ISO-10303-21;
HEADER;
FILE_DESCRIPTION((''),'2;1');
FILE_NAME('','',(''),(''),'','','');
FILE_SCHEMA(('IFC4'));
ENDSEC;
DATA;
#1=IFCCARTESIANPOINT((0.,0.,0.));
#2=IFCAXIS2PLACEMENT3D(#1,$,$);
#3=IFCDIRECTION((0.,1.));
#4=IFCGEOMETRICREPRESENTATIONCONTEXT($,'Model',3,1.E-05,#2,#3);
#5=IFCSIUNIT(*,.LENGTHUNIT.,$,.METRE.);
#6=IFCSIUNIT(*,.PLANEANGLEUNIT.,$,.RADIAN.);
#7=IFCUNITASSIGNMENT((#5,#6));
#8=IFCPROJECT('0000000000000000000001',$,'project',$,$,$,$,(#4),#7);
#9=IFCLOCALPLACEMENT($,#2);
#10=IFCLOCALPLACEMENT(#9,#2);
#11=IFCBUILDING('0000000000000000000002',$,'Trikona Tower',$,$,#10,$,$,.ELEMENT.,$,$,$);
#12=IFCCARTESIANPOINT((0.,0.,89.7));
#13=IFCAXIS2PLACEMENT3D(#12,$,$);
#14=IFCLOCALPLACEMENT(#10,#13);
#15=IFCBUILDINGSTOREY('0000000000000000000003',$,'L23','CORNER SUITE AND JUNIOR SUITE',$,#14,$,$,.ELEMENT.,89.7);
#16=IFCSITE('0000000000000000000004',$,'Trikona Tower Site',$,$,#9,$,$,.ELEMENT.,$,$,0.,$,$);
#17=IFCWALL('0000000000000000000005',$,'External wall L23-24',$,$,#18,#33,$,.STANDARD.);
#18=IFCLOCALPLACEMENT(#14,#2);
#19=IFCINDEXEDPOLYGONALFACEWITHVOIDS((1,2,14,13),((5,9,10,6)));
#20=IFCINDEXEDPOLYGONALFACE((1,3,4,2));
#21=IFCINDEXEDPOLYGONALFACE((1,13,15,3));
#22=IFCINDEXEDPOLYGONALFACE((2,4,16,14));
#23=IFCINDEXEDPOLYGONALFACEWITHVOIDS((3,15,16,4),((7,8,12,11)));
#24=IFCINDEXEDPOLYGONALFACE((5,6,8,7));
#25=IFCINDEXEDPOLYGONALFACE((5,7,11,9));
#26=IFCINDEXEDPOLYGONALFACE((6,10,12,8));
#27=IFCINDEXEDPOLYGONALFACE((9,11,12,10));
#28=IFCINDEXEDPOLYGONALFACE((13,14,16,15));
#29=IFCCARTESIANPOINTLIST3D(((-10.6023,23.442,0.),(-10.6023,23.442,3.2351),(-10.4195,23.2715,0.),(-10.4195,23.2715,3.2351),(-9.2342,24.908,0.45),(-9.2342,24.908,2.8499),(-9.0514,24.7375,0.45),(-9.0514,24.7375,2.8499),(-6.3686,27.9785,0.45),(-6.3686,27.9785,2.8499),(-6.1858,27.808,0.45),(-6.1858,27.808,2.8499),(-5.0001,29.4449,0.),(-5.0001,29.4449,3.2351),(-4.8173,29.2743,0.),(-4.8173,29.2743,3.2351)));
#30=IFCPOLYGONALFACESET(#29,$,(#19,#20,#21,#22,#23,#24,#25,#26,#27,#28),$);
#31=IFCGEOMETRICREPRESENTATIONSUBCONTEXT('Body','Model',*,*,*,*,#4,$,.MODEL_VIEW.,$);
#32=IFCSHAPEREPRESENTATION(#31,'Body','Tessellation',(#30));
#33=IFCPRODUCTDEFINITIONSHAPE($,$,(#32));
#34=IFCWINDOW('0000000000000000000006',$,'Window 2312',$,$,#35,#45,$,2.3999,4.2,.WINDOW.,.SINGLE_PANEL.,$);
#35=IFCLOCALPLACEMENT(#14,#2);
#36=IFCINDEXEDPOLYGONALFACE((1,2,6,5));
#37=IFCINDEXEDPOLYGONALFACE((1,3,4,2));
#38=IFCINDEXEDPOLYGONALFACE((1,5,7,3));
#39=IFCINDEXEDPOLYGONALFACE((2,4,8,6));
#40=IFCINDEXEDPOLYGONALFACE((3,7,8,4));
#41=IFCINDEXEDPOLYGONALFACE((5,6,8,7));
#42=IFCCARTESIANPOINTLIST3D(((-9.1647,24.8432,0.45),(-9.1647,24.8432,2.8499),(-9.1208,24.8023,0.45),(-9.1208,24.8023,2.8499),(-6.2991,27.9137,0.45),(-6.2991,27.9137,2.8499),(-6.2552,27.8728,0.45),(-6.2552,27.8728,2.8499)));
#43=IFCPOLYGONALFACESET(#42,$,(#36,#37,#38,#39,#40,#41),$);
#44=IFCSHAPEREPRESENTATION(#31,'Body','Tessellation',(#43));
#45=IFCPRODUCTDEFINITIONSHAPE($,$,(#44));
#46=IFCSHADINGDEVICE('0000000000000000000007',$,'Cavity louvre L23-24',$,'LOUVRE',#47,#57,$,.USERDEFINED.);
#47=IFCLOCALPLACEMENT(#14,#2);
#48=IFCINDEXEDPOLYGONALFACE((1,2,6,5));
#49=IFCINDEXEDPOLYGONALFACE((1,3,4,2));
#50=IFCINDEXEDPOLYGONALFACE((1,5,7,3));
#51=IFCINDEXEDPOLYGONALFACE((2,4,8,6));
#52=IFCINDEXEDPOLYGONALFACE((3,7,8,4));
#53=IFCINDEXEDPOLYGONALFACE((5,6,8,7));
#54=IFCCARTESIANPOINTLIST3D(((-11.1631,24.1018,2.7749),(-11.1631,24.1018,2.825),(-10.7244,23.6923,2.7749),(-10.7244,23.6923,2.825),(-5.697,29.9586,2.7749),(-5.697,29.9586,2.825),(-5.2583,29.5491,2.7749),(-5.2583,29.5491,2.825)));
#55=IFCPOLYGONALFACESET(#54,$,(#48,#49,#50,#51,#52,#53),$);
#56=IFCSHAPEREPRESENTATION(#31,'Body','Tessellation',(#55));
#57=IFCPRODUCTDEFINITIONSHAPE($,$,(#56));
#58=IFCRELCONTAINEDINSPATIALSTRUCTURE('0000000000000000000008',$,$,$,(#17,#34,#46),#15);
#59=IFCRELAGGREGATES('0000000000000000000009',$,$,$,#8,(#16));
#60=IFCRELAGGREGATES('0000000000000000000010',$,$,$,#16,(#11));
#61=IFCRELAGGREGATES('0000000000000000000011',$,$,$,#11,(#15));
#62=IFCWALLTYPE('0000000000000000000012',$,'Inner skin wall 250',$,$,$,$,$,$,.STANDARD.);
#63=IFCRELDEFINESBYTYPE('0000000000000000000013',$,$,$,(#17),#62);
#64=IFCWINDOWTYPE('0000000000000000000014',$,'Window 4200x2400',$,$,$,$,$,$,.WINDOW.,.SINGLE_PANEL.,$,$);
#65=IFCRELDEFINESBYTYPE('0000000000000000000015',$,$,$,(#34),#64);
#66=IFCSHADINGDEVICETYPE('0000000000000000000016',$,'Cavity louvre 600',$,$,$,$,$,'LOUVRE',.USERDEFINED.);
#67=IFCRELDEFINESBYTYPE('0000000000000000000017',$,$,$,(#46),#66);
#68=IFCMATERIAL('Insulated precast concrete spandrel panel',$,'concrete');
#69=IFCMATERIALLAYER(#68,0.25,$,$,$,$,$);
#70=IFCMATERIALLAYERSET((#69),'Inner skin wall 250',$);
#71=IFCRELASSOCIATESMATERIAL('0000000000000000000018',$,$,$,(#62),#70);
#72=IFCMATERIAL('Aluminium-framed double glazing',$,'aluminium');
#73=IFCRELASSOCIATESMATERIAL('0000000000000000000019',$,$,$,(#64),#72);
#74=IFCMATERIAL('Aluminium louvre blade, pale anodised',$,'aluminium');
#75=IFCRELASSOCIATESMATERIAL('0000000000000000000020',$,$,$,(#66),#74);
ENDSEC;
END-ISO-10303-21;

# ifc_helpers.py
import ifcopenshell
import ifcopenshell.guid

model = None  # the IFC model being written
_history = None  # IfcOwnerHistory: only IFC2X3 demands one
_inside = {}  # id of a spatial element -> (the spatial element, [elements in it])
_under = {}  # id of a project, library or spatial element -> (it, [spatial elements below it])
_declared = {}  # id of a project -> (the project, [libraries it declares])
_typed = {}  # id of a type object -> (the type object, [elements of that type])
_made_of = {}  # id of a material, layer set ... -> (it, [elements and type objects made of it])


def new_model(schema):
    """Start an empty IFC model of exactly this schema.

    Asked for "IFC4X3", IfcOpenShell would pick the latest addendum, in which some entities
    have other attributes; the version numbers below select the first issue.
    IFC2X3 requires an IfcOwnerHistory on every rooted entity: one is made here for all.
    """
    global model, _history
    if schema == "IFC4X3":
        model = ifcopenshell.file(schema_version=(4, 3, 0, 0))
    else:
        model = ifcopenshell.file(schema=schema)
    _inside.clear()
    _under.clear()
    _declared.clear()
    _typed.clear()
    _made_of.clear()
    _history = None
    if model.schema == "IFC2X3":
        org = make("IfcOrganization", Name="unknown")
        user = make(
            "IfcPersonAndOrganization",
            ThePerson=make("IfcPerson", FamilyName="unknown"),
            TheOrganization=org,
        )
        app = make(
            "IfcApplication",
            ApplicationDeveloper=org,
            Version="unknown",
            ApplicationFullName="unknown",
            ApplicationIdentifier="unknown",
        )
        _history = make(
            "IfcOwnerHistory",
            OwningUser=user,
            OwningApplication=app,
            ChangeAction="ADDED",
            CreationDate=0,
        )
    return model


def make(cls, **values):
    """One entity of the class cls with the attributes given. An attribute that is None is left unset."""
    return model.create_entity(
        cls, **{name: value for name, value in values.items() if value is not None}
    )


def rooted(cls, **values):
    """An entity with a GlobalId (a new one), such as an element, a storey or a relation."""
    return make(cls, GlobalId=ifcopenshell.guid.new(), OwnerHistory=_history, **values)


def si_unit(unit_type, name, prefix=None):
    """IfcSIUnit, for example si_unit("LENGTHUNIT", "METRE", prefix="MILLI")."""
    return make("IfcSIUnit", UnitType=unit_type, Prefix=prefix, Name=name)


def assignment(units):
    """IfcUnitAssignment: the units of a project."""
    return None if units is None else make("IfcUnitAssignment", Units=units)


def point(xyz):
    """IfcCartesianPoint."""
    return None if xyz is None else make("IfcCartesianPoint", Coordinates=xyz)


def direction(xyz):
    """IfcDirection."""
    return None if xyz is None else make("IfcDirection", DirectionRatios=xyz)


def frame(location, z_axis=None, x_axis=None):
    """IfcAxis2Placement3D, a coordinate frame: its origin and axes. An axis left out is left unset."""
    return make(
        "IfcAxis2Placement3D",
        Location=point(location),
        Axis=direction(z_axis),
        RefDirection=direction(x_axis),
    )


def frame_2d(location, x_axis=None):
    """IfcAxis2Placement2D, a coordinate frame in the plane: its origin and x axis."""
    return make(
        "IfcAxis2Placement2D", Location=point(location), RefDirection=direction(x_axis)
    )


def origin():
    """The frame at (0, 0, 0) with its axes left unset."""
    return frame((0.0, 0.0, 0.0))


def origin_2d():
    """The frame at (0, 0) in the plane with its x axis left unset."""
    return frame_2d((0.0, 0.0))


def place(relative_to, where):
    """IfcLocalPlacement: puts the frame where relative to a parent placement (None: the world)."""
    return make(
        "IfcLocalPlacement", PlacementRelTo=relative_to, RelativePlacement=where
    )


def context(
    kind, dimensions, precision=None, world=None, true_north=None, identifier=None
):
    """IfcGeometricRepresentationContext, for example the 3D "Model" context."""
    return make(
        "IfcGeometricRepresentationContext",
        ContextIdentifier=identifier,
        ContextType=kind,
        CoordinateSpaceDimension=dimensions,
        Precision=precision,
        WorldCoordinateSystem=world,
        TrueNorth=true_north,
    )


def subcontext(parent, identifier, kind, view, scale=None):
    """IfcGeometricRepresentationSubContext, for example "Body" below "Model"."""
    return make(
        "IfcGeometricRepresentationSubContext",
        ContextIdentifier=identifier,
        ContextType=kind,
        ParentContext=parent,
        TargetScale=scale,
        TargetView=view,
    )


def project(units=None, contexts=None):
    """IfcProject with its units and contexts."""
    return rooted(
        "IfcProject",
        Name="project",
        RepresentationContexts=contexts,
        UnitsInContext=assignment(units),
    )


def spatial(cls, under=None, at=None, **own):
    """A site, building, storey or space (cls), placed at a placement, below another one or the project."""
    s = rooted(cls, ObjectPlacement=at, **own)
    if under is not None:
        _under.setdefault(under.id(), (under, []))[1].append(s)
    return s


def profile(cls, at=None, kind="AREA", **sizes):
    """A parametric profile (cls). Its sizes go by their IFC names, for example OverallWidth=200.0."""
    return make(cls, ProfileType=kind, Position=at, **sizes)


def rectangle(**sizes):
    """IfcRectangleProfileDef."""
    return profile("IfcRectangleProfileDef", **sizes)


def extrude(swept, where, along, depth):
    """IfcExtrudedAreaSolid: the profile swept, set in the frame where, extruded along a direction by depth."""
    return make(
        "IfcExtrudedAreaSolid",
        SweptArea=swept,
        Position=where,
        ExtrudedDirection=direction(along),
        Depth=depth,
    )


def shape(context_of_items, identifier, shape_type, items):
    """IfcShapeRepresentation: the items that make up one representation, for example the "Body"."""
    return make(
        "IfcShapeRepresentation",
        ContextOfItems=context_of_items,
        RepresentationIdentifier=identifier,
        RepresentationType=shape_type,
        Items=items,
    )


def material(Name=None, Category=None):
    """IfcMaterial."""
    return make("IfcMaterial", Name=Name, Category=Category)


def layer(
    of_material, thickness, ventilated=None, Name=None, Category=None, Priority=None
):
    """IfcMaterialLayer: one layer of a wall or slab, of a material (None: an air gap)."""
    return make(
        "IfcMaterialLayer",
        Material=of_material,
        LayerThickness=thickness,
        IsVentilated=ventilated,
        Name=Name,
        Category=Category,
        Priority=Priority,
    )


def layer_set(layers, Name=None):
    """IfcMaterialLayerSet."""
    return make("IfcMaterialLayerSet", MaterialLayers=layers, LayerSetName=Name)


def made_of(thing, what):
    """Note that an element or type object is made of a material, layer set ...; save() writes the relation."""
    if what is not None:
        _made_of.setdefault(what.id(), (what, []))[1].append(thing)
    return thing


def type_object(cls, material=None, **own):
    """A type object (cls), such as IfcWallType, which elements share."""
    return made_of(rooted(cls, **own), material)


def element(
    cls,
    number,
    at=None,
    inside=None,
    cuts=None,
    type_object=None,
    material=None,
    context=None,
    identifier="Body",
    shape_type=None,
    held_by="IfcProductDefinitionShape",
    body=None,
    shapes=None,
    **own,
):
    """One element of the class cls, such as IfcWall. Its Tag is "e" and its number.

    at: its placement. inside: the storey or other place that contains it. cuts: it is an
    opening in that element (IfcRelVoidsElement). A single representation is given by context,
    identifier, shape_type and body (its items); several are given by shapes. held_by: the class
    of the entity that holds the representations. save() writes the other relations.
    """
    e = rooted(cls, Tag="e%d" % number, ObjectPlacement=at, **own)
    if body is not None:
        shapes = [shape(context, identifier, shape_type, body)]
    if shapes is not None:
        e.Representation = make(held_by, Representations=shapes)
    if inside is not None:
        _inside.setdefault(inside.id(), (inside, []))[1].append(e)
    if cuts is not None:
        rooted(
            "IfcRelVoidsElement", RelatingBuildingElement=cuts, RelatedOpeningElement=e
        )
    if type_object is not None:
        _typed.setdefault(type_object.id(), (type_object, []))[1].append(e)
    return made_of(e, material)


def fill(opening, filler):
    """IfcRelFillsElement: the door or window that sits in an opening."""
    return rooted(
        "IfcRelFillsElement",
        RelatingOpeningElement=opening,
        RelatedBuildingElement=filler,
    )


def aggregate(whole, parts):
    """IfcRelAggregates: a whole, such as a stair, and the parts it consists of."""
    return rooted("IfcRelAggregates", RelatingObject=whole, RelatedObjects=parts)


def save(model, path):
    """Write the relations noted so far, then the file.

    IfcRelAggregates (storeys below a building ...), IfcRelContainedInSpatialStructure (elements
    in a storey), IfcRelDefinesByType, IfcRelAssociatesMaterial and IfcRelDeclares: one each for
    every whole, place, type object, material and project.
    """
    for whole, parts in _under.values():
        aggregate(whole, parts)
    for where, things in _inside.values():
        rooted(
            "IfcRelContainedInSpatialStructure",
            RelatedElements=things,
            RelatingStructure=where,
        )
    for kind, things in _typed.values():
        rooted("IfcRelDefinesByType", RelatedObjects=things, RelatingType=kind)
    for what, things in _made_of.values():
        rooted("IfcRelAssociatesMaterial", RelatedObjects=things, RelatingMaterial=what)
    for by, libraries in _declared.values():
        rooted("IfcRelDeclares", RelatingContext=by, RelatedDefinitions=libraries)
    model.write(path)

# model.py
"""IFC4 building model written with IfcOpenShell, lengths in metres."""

from ifc_helpers import new_model, si_unit, direction, frame, frame_2d, origin, origin_2d, place, context, subcontext, project, spatial, rectangle, extrude, material, layer, layer_set, type_object, element, fill, save


model = new_model("IFC4")

# Units and contexts
model_context = context("Model", 3, precision=1e-05, world=origin(), true_north=direction((0.0, 1.0)))
body_context = subcontext(model_context, "Body", "Model", "MODEL_VIEW")
ifc_project = project(units=[si_unit("LENGTHUNIT", "METRE"), si_unit("PLANEANGLEUNIT", "RADIAN")], contexts=[model_context])

# Site, building, storey
site_placement = place(None, origin())
site = spatial("IfcSite", under=ifc_project, at=site_placement, Name="Trikona Tower Site", CompositionType="ELEMENT", RefElevation=0.0)
building_placement = place(site_placement, origin())
building = spatial("IfcBuilding", under=site, at=building_placement, Name="Trikona Tower", CompositionType="ELEMENT")
storey_placement = place(building_placement, frame((0.0, 0.0, 89.7)))
storey = spatial("IfcBuildingStorey", under=building, at=storey_placement, Name="L23", Description="CORNER SUITE AND JUNIOR SUITE", CompositionType="ELEMENT", Elevation=89.7)

# Wall, opening, window
ifc_material_1 = material(Name="Insulated precast concrete spandrel panel", Category="concrete")
ifc_layer_1 = layer(ifc_material_1, 0.25)
ifc_layer_set_1 = layer_set([ifc_layer_1], Name="Inner skin wall 250")
wall_type_1 = type_object("IfcWallType", Name="Inner skin wall 250", PredefinedType="STANDARD", material=ifc_layer_set_1)
wall_1_placement = place(storey_placement, frame((-4.9087, 29.3596, 0.0), z_axis=(0.0, 0.0, 1.0), x_axis=(-0.68229, -0.731082, 0.0)))
wall_1 = element("IfcWall", 1, at=wall_1_placement, inside=storey, type_object=wall_type_1, Name="External wall L23-24", PredefinedType="STANDARD", context=body_context, shape_type="SweptSolid", body=[
    extrude(rectangle(XDim=8.2109, YDim=0.25, at=frame_2d((4.1055, 0.0))), origin(), (0.0, 0.0, 1.0), 3.2351),
])
opening_1_placement = place(wall_1_placement, frame((2.0056, 0.0, 0.45)))
opening_1 = element("IfcOpeningElement", 2, at=opening_1_placement, cuts=wall_1, PredefinedType="OPENING", context=body_context, shape_type="SweptSolid", body=[
    extrude(rectangle(XDim=4.2, YDim=2.3999, at=frame_2d((2.1001, 1.2))), frame((0.0, 0.135, 0.0), z_axis=(0.0, -1.0, 0.0), x_axis=(1.0, 0.0, 0.0)), (0.0, 0.0, 1.0), 0.27),
])
ifc_material_2 = material(Name="Aluminium-framed double glazing", Category="aluminium")
window_type_1 = type_object("IfcWindowType", Name="Window 4200x2400", PartitioningType="SINGLE_PANEL", PredefinedType="WINDOW", material=ifc_material_2)
window_1_placement = place(opening_1_placement, origin())
window_1 = element("IfcWindow", 3, at=window_1_placement, inside=storey, type_object=window_type_1, Name="Window 2312", OverallHeight=2.3999, OverallWidth=4.2, PartitioningType="SINGLE_PANEL", PredefinedType="WINDOW", context=body_context, shape_type="SweptSolid", body=[
    extrude(rectangle(XDim=4.2, YDim=2.3999, at=frame_2d((2.1001, 1.2))), frame((0.0, 0.03, 0.0), z_axis=(0.0, -1.0, 0.0), x_axis=(1.0, 0.0, 0.0)), (0.0, 0.0, 1.0), 0.0601),
])
fill(opening_1, window_1)

# Shading device
ifc_material_3 = material(Name="Aluminium louvre blade, pale anodised", Category="aluminium")
shading_device_type = type_object("IfcShadingDeviceType", Name="Cavity louvre 600", ElementType="LOUVRE", PredefinedType="USERDEFINED", material=ifc_material_3)
shading_device_placement = place(storey_placement, frame((-8.2107, 26.8254, 2.7749), z_axis=(0.0, 0.0, 1.0), x_axis=(-0.682298, -0.731074, 0.0)))
element("IfcShadingDevice", 4, at=shading_device_placement, inside=storey, type_object=shading_device_type, Name="Cavity louvre L23-24", ObjectType="LOUVRE", PredefinedType="USERDEFINED", context=body_context, shape_type="SweptSolid", body=[
    extrude(rectangle(XDim=8.0112, YDim=0.6001, at=origin_2d()), origin(), (0.0, 0.0, 1.0), 0.05),
])

save(model, "model.ifc")
